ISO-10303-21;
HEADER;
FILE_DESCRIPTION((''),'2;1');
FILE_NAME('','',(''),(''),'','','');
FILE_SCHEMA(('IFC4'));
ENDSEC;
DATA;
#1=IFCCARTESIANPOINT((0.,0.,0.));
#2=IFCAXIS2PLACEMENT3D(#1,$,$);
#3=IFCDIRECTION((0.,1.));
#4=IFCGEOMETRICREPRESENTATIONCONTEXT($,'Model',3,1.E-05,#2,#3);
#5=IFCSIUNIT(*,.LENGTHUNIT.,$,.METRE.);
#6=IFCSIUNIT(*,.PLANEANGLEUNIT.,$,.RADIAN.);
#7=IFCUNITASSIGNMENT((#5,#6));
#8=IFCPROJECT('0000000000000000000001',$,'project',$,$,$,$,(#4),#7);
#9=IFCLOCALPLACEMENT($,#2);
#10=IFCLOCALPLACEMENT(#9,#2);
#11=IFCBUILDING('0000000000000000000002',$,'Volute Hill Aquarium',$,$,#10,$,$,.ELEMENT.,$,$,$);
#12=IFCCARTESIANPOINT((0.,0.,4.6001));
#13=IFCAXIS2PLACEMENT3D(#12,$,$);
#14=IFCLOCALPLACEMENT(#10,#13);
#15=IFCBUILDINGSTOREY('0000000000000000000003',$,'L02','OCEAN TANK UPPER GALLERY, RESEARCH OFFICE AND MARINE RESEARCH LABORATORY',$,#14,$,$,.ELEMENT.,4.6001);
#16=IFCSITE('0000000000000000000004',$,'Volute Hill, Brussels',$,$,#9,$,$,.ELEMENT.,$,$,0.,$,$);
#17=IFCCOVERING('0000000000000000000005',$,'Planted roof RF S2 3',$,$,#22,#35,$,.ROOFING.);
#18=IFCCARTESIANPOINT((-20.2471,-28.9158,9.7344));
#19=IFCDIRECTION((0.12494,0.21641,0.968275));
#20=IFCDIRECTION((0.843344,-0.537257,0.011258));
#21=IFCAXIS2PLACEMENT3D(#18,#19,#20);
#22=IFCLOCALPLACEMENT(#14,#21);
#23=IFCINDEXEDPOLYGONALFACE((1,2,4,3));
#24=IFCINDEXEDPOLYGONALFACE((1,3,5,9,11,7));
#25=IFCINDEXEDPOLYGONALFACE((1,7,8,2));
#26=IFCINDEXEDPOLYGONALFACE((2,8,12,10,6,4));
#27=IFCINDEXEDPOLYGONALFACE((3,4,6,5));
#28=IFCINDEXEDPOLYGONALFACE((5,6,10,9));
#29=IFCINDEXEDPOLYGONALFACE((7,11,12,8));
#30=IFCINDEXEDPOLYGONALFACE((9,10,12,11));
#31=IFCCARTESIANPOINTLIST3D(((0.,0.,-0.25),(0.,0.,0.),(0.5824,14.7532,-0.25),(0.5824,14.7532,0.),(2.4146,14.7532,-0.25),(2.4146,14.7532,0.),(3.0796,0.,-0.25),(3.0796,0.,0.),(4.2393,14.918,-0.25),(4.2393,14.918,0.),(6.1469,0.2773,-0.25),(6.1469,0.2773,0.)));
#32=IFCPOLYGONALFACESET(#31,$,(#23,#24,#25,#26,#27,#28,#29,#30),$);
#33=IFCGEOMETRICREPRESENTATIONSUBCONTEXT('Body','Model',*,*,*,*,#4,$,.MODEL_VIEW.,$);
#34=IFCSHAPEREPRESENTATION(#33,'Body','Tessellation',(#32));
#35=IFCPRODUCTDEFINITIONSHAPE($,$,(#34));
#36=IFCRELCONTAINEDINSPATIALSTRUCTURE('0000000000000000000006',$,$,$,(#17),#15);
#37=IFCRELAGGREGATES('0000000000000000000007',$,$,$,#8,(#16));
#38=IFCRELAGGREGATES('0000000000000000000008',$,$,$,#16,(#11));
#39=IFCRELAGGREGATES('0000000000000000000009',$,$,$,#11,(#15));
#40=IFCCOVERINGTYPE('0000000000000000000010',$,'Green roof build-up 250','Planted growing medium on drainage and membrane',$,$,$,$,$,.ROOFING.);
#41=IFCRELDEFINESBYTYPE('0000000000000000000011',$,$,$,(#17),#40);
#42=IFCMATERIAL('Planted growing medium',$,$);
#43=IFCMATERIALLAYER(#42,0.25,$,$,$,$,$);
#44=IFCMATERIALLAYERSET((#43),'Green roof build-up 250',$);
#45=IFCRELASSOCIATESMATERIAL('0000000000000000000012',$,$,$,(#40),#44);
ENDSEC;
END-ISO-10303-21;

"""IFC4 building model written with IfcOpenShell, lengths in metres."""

from ifc_helpers import new_model, si_unit, direction, frame, origin, place, context, subcontext, project, spatial, polyline, outline, extrude, material, layer, layer_set, type_object, element, save


model = new_model("IFC4")

# Units and contexts
model_context = context("Model", 3, precision=1e-05, world=origin(), true_north=direction((0.0, 1.0)))
body_context = subcontext(model_context, "Body", "Model", "MODEL_VIEW")
ifc_project = project(units=[si_unit("LENGTHUNIT", "METRE"), si_unit("PLANEANGLEUNIT", "RADIAN")], contexts=[model_context])

# Site, building, storey
site_placement = place(None, origin())
site = spatial("IfcSite", under=ifc_project, at=site_placement, Name="Volute Hill, Brussels", CompositionType="ELEMENT", RefElevation=0.0)
building_placement = place(site_placement, origin())
building = spatial("IfcBuilding", under=site, at=building_placement, Name="Volute Hill Aquarium", CompositionType="ELEMENT")
storey_placement = place(building_placement, frame((0.0, 0.0, 4.6001)))
storey = spatial("IfcBuildingStorey", under=building, at=storey_placement, Name="L02", Description="OCEAN TANK UPPER GALLERY, RESEARCH OFFICE AND MARINE RESEARCH LABORATORY", CompositionType="ELEMENT", Elevation=4.6001)

# Covering
ifc_material_1 = material(Name="Planted growing medium")
ifc_layer_1 = layer(ifc_material_1, 0.25)
ifc_layer_set_1 = layer_set([ifc_layer_1], Name="Green roof build-up 250")
covering_type_1 = type_object("IfcCoveringType", Name="Green roof build-up 250", Description="Planted growing medium on drainage and membrane", PredefinedType="ROOFING", material=ifc_layer_set_1)
covering_1_placement = place(storey_placement, frame((-20.2471, -28.9158, 9.7344), z_axis=(0.12494, 0.21641, 0.968275), x_axis=(0.843344, -0.537257, 0.011258)))
element("IfcCovering", 1, at=covering_1_placement, inside=storey, type_object=covering_type_1, Name="Planted roof RF S2 3", PredefinedType="ROOFING", context=body_context, shape_type="SweptSolid", body=[
    extrude(outline(polyline([(0.0, 0.0), (3.0796, 0.0), (6.1469, 0.2773), (4.2393, 14.918), (2.4146, 14.7532), (0.5824, 14.7532), (0.0, 0.0)])), origin(), (0.0, 0.0, -1.0), 0.25),
])

save(model, "model.ifc")
